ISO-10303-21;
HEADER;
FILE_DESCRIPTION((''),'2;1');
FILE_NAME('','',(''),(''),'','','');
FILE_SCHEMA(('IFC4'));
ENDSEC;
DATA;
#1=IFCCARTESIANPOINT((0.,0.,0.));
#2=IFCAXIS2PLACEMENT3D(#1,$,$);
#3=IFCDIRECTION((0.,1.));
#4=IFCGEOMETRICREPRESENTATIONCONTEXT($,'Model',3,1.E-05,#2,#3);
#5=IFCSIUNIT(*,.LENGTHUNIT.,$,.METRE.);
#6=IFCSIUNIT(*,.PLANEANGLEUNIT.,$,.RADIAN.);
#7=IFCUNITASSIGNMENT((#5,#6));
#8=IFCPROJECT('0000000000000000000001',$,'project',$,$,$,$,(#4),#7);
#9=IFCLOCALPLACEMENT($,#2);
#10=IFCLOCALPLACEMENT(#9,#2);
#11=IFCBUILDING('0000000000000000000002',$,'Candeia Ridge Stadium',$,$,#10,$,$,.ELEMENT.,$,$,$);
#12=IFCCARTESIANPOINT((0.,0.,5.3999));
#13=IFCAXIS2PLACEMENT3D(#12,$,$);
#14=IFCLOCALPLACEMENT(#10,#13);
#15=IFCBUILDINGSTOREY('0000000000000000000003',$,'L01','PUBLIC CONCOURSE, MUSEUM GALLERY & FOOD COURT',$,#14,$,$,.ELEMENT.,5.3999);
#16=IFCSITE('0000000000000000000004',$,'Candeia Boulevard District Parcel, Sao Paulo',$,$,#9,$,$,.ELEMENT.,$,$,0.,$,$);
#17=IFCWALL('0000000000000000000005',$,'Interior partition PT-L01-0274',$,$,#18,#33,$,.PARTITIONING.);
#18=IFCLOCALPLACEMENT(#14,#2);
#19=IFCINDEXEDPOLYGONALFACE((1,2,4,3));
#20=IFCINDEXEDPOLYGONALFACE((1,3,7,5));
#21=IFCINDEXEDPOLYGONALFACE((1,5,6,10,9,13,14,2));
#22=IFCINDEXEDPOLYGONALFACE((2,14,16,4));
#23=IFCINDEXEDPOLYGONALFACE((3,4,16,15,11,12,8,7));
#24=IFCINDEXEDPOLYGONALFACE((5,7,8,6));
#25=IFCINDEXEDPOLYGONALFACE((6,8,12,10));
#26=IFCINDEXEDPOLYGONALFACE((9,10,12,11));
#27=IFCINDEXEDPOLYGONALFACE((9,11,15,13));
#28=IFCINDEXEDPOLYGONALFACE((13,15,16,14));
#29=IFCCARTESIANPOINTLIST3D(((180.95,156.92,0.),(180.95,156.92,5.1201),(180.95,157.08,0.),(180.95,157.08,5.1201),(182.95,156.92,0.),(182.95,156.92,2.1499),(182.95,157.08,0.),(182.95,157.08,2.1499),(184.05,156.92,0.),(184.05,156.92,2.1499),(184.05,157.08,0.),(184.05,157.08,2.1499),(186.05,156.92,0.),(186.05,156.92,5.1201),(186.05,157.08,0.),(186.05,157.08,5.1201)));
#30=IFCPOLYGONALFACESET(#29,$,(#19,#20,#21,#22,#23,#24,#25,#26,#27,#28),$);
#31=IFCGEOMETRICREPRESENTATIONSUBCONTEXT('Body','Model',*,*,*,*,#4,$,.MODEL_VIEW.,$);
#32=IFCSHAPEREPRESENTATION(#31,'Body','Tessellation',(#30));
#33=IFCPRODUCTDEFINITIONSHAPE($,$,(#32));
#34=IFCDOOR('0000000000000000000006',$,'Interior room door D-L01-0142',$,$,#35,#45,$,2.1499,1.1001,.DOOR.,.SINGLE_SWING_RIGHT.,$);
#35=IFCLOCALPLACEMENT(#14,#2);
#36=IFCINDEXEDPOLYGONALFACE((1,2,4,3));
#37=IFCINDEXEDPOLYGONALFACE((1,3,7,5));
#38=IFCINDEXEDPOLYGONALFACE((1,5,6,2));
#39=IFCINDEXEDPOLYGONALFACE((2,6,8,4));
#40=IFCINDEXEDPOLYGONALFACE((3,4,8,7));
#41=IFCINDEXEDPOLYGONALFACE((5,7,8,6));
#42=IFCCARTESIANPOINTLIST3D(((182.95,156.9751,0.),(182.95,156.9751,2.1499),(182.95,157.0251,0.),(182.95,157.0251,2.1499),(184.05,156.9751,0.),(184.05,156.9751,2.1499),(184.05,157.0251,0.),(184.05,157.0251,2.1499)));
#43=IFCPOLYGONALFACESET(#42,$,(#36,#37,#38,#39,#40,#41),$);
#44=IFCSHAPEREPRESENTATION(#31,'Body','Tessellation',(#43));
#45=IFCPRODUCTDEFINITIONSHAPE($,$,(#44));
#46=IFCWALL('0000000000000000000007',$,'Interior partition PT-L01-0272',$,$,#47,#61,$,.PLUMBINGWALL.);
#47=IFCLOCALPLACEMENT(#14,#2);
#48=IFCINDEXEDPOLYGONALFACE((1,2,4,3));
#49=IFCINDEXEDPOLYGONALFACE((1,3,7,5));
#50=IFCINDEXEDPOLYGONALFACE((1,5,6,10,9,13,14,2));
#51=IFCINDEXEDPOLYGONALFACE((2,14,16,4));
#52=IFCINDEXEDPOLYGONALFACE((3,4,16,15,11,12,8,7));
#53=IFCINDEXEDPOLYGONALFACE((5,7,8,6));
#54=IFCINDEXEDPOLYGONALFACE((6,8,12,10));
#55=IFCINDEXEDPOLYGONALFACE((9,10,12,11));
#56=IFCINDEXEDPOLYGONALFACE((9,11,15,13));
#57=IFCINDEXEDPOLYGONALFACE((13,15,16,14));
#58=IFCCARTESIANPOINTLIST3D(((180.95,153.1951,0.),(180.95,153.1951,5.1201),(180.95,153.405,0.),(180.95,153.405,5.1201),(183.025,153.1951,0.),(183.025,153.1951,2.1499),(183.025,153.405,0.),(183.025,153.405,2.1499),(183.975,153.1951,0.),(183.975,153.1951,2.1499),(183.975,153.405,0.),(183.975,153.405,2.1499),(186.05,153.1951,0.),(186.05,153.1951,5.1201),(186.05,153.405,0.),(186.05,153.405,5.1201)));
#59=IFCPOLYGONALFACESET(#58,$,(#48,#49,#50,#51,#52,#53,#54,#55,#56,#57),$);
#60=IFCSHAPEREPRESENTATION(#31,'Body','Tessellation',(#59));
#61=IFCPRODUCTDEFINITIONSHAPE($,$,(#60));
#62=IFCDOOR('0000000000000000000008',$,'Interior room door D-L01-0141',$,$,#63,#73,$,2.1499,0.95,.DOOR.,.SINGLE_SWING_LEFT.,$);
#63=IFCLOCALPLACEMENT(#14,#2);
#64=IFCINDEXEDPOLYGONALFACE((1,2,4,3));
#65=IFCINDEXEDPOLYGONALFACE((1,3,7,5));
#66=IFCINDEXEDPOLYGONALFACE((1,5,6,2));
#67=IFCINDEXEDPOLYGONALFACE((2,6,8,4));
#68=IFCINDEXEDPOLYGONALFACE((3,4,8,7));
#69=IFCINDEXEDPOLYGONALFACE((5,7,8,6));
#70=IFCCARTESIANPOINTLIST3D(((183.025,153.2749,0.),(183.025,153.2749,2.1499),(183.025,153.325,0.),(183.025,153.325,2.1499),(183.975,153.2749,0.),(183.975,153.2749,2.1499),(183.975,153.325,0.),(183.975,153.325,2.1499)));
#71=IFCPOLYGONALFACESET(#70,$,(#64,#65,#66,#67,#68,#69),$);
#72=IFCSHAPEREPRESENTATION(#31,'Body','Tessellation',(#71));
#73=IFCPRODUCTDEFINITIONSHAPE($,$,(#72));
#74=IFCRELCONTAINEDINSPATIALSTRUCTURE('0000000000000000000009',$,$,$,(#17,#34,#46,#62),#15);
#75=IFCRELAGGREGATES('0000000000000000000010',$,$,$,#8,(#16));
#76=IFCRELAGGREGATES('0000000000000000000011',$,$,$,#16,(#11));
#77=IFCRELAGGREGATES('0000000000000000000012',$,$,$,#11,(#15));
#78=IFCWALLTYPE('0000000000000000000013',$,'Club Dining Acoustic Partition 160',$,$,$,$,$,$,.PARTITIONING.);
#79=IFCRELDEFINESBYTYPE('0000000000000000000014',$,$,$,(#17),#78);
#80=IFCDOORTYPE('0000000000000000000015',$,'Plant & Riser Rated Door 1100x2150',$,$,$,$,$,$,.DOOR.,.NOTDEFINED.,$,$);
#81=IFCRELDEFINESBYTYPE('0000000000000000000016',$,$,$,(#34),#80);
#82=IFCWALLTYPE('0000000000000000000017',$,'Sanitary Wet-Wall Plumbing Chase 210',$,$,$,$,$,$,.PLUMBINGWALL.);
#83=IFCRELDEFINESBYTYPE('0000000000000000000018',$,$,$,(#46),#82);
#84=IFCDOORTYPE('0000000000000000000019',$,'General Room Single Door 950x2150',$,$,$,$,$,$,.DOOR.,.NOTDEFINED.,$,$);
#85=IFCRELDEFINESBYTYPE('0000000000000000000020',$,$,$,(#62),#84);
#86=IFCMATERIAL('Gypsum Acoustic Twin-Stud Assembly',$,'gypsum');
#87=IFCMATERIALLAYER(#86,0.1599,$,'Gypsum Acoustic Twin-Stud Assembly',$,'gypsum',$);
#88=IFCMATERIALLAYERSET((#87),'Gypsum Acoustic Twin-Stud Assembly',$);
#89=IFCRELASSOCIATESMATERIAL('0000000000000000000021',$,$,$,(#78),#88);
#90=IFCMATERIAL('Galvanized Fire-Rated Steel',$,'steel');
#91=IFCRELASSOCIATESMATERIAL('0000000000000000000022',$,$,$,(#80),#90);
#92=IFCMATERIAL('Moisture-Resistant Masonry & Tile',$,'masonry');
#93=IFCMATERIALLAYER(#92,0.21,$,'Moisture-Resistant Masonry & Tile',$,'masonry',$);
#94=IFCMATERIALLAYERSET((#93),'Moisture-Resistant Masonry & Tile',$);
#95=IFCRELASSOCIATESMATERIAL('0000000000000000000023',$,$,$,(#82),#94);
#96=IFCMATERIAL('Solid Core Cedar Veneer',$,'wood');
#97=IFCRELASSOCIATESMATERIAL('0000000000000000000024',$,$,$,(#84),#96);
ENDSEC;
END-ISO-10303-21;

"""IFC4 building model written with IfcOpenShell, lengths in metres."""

from ifc_helpers import new_model, si_unit, direction, frame, frame_2d, origin, place, context, subcontext, project, spatial, rectangle, extrude, material, layer, layer_set, type_object, element, fill, save


model = new_model("IFC4")

# Units and contexts
model_context = context("Model", 3, precision=1e-05, world=origin(), true_north=direction((0.0, 1.0)))
body_context = subcontext(model_context, "Body", "Model", "MODEL_VIEW")
ifc_project = project(units=[si_unit("LENGTHUNIT", "METRE"), si_unit("PLANEANGLEUNIT", "RADIAN")], contexts=[model_context])

# Site, building, storey
site_placement = place(None, origin())
site = spatial("IfcSite", under=ifc_project, at=site_placement, Name="Candeia Boulevard District Parcel, Sao Paulo", CompositionType="ELEMENT", RefElevation=0.0)
building_placement = place(site_placement, origin())
building = spatial("IfcBuilding", under=site, at=building_placement, Name="Candeia Ridge Stadium", CompositionType="ELEMENT")
storey_placement = place(building_placement, frame((0.0, 0.0, 5.3999)))
storey = spatial("IfcBuildingStorey", under=building, at=storey_placement, Name="L01", Description="PUBLIC CONCOURSE, MUSEUM GALLERY & FOOD COURT", CompositionType="ELEMENT", Elevation=5.3999)

# Walls, openings, doors
ifc_material_1 = material(Name="Gypsum Acoustic Twin-Stud Assembly", Category="gypsum")
ifc_layer_1 = layer(ifc_material_1, 0.1599, Name="Gypsum Acoustic Twin-Stud Assembly", Category="gypsum")
ifc_layer_set_1 = layer_set([ifc_layer_1], Name="Gypsum Acoustic Twin-Stud Assembly")
wall_type_1 = type_object("IfcWallType", Name="Club Dining Acoustic Partition 160", PredefinedType="PARTITIONING", material=ifc_layer_set_1)
wall_1_placement = place(storey_placement, frame((186.05, 157.0, 0.0), z_axis=(0.0, 0.0, 1.0), x_axis=(-1.0, 0.0, 0.0)))
wall_1 = element("IfcWall", 1, at=wall_1_placement, inside=storey, type_object=wall_type_1, Name="Interior partition PT-L01-0274", PredefinedType="PARTITIONING", context=body_context, shape_type="SweptSolid", body=[
    extrude(rectangle(XDim=5.1001, YDim=0.1599, at=frame_2d((2.55, 0.0))), origin(), (0.0, 0.0, 1.0), 5.1201),
])
opening_1_placement = place(wall_1_placement, frame((2.0, 0.0, 0.0)))
opening_1 = element("IfcOpeningElement", 2, at=opening_1_placement, cuts=wall_1, PredefinedType="OPENING", context=body_context, shape_type="SweptSolid", body=[
    extrude(rectangle(XDim=1.1001, YDim=2.1499, at=frame_2d((0.55, 1.075))), frame((0.0, 0.0898, 0.0), z_axis=(0.0, -1.0, 0.0), x_axis=(1.0, 0.0, 0.0)), (0.0, 0.0, 1.0), 0.1799),
])
ifc_material_2 = material(Name="Galvanized Fire-Rated Steel", Category="steel")
door_type_1 = type_object("IfcDoorType", Name="Plant & Riser Rated Door 1100x2150", OperationType="NOTDEFINED", PredefinedType="DOOR", material=ifc_material_2)
door_1_placement = place(opening_1_placement, origin())
door_1 = element("IfcDoor", 3, at=door_1_placement, inside=storey, type_object=door_type_1, Name="Interior room door D-L01-0142", OperationType="SINGLE_SWING_RIGHT", OverallHeight=2.1499, OverallWidth=1.1001, PredefinedType="DOOR", context=body_context, shape_type="SweptSolid", body=[
    extrude(rectangle(XDim=1.1001, YDim=2.1499, at=frame_2d((0.55, 1.075))), frame((0.0, 0.0249, 0.0), z_axis=(0.0, -1.0, 0.0), x_axis=(1.0, 0.0, 0.0)), (0.0, 0.0, 1.0), 0.05),
])
fill(opening_1, door_1)
ifc_material_3 = material(Name="Moisture-Resistant Masonry & Tile", Category="masonry")
ifc_layer_2 = layer(ifc_material_3, 0.21, Name="Moisture-Resistant Masonry & Tile", Category="masonry")
ifc_layer_set_2 = layer_set([ifc_layer_2], Name="Moisture-Resistant Masonry & Tile")
wall_type_2 = type_object("IfcWallType", Name="Sanitary Wet-Wall Plumbing Chase 210", PredefinedType="PLUMBINGWALL", material=ifc_layer_set_2)
wall_2_placement = place(storey_placement, frame((180.95, 153.3, 0.0), z_axis=(0.0, 0.0, 1.0), x_axis=(1.0, 0.0, 0.0)))
wall_2 = element("IfcWall", 4, at=wall_2_placement, inside=storey, type_object=wall_type_2, Name="Interior partition PT-L01-0272", PredefinedType="PLUMBINGWALL", context=body_context, shape_type="SweptSolid", body=[
    extrude(rectangle(XDim=5.1001, YDim=0.21, at=frame_2d((2.55, 0.0))), origin(), (0.0, 0.0, 1.0), 5.1201),
])
opening_2_placement = place(wall_2_placement, frame((2.075, 0.0, 0.0)))
opening_2 = element("IfcOpeningElement", 5, at=opening_2_placement, cuts=wall_2, PredefinedType="OPENING", context=body_context, shape_type="SweptSolid", body=[
    extrude(rectangle(XDim=0.95, YDim=2.1499, at=frame_2d((0.4751, 1.075))), frame((0.0, 0.115, 0.0), z_axis=(0.0, -1.0, 0.0), x_axis=(1.0, 0.0, 0.0)), (0.0, 0.0, 1.0), 0.23),
])
ifc_material_4 = material(Name="Solid Core Cedar Veneer", Category="wood")
door_type_2 = type_object("IfcDoorType", Name="General Room Single Door 950x2150", OperationType="NOTDEFINED", PredefinedType="DOOR", material=ifc_material_4)
door_2_placement = place(opening_2_placement, origin())
door_2 = element("IfcDoor", 6, at=door_2_placement, inside=storey, type_object=door_type_2, Name="Interior room door D-L01-0141", OperationType="SINGLE_SWING_LEFT", OverallHeight=2.1499, OverallWidth=0.95, PredefinedType="DOOR", context=body_context, shape_type="SweptSolid", body=[
    extrude(rectangle(XDim=0.95, YDim=2.1499, at=frame_2d((0.4751, 1.075))), frame((0.0, 0.0249, 0.0), z_axis=(0.0, -1.0, 0.0), x_axis=(1.0, 0.0, 0.0)), (0.0, 0.0, 1.0), 0.05),
])
fill(opening_2, door_2)

save(model, "model.ifc")
